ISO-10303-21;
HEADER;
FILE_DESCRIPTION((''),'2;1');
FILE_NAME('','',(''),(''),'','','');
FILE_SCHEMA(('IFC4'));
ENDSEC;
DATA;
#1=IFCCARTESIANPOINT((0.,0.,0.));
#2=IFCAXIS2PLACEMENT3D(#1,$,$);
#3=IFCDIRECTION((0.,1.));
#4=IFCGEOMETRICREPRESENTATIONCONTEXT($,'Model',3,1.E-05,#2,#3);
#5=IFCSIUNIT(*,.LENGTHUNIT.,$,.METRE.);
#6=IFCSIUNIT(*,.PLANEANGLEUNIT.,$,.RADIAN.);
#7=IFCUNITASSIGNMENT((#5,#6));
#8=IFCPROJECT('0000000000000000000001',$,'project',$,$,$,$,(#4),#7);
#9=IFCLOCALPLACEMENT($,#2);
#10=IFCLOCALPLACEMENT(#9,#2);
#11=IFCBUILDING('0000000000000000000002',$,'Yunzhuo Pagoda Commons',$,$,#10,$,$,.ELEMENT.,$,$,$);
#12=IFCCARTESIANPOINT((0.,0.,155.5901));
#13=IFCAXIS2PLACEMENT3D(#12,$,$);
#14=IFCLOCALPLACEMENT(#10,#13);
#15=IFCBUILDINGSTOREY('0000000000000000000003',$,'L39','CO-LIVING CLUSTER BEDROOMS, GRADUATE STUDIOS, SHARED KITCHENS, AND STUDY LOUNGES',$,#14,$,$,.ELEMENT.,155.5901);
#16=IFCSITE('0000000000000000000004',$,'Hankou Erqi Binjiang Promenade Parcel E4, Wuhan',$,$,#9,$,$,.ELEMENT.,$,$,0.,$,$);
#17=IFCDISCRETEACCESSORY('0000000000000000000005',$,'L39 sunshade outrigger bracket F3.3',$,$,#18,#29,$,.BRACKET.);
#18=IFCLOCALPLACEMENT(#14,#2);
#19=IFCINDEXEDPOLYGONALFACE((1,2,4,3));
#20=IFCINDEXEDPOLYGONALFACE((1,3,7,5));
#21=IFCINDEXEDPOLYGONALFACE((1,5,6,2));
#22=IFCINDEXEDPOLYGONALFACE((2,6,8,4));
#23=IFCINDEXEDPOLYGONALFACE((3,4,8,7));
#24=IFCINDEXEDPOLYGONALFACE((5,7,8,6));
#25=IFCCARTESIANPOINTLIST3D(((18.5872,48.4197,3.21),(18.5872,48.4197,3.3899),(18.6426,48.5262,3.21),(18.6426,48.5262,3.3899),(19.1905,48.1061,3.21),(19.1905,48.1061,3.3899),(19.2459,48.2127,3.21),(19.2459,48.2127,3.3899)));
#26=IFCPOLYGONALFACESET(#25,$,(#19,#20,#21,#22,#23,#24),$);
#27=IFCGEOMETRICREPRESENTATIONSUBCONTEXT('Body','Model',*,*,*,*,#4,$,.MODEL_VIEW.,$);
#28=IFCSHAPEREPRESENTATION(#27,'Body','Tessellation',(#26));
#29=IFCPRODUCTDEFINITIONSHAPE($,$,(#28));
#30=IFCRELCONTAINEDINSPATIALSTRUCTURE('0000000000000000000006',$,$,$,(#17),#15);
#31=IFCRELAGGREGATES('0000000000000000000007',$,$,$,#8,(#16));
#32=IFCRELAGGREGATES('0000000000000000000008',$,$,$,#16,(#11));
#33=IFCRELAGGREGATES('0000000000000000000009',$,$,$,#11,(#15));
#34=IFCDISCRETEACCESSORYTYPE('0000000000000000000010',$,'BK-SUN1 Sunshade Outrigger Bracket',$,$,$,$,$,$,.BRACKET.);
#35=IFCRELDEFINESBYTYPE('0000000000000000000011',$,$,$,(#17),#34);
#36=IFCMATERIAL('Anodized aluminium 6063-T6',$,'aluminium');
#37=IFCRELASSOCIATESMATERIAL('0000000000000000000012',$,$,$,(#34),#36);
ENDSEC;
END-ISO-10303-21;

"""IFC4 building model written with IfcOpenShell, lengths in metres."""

from ifc_helpers import new_model, si_unit, direction, frame, origin, origin_2d, place, context, subcontext, project, spatial, rectangle, extrude, source, transform, mapped, material, type_object, element, save


model = new_model("IFC4")

# Units and contexts
model_context = context("Model", 3, precision=1e-05, world=origin(), true_north=direction((0.0, 1.0)))
body_context = subcontext(model_context, "Body", "Model", "MODEL_VIEW")
ifc_project = project(units=[si_unit("LENGTHUNIT", "METRE"), si_unit("PLANEANGLEUNIT", "RADIAN")], contexts=[model_context])

# Site, building, storey
site_placement = place(None, origin())
site = spatial("IfcSite", under=ifc_project, at=site_placement, Name="Hankou Erqi Binjiang Promenade Parcel E4, Wuhan", CompositionType="ELEMENT", RefElevation=0.0)
building_placement = place(site_placement, origin())
building = spatial("IfcBuilding", under=site, at=building_placement, Name="Yunzhuo Pagoda Commons", CompositionType="ELEMENT")
storey_placement = place(building_placement, frame((0.0, 0.0, 155.5901)))
storey = spatial("IfcBuildingStorey", under=building, at=storey_placement, Name="L39", Description="CO-LIVING CLUSTER BEDROOMS, GRADUATE STUDIOS, SHARED KITCHENS, AND STUDY LOUNGES", CompositionType="ELEMENT", Elevation=155.5901)

# Shared definitions
ifc_material_1 = material(Name="Anodized aluminium 6063-T6", Category="aluminium")

# Discrete accessory
discrete_accessory_type = type_object("IfcDiscreteAccessoryType", Name="BK-SUN1 Sunshade Outrigger Bracket", PredefinedType="BRACKET", material=ifc_material_1)
shared_shape_1 = source(origin(), body_context, "Body", "SweptSolid", [
    extrude(rectangle(XDim=0.1201, YDim=0.6799, at=origin_2d()), origin(), (0.0, 0.0, 1.0), 0.1799),
])
discrete_accessory_placement = place(storey_placement, frame((18.9165, 48.3162, 3.21), z_axis=(0.0, 0.0, 1.0), x_axis=(-0.461207, -0.887293, 0.0)))
element("IfcDiscreteAccessory", 1, at=discrete_accessory_placement, inside=storey, type_object=discrete_accessory_type, Name="L39 sunshade outrigger bracket F3.3", PredefinedType="BRACKET", context=body_context, shape_type="MappedRepresentation", body=[
    mapped(shared_shape_1, transform((0.0, 0.0, 0.0), scale=1.0)),
])

save(model, "model.ifc")
